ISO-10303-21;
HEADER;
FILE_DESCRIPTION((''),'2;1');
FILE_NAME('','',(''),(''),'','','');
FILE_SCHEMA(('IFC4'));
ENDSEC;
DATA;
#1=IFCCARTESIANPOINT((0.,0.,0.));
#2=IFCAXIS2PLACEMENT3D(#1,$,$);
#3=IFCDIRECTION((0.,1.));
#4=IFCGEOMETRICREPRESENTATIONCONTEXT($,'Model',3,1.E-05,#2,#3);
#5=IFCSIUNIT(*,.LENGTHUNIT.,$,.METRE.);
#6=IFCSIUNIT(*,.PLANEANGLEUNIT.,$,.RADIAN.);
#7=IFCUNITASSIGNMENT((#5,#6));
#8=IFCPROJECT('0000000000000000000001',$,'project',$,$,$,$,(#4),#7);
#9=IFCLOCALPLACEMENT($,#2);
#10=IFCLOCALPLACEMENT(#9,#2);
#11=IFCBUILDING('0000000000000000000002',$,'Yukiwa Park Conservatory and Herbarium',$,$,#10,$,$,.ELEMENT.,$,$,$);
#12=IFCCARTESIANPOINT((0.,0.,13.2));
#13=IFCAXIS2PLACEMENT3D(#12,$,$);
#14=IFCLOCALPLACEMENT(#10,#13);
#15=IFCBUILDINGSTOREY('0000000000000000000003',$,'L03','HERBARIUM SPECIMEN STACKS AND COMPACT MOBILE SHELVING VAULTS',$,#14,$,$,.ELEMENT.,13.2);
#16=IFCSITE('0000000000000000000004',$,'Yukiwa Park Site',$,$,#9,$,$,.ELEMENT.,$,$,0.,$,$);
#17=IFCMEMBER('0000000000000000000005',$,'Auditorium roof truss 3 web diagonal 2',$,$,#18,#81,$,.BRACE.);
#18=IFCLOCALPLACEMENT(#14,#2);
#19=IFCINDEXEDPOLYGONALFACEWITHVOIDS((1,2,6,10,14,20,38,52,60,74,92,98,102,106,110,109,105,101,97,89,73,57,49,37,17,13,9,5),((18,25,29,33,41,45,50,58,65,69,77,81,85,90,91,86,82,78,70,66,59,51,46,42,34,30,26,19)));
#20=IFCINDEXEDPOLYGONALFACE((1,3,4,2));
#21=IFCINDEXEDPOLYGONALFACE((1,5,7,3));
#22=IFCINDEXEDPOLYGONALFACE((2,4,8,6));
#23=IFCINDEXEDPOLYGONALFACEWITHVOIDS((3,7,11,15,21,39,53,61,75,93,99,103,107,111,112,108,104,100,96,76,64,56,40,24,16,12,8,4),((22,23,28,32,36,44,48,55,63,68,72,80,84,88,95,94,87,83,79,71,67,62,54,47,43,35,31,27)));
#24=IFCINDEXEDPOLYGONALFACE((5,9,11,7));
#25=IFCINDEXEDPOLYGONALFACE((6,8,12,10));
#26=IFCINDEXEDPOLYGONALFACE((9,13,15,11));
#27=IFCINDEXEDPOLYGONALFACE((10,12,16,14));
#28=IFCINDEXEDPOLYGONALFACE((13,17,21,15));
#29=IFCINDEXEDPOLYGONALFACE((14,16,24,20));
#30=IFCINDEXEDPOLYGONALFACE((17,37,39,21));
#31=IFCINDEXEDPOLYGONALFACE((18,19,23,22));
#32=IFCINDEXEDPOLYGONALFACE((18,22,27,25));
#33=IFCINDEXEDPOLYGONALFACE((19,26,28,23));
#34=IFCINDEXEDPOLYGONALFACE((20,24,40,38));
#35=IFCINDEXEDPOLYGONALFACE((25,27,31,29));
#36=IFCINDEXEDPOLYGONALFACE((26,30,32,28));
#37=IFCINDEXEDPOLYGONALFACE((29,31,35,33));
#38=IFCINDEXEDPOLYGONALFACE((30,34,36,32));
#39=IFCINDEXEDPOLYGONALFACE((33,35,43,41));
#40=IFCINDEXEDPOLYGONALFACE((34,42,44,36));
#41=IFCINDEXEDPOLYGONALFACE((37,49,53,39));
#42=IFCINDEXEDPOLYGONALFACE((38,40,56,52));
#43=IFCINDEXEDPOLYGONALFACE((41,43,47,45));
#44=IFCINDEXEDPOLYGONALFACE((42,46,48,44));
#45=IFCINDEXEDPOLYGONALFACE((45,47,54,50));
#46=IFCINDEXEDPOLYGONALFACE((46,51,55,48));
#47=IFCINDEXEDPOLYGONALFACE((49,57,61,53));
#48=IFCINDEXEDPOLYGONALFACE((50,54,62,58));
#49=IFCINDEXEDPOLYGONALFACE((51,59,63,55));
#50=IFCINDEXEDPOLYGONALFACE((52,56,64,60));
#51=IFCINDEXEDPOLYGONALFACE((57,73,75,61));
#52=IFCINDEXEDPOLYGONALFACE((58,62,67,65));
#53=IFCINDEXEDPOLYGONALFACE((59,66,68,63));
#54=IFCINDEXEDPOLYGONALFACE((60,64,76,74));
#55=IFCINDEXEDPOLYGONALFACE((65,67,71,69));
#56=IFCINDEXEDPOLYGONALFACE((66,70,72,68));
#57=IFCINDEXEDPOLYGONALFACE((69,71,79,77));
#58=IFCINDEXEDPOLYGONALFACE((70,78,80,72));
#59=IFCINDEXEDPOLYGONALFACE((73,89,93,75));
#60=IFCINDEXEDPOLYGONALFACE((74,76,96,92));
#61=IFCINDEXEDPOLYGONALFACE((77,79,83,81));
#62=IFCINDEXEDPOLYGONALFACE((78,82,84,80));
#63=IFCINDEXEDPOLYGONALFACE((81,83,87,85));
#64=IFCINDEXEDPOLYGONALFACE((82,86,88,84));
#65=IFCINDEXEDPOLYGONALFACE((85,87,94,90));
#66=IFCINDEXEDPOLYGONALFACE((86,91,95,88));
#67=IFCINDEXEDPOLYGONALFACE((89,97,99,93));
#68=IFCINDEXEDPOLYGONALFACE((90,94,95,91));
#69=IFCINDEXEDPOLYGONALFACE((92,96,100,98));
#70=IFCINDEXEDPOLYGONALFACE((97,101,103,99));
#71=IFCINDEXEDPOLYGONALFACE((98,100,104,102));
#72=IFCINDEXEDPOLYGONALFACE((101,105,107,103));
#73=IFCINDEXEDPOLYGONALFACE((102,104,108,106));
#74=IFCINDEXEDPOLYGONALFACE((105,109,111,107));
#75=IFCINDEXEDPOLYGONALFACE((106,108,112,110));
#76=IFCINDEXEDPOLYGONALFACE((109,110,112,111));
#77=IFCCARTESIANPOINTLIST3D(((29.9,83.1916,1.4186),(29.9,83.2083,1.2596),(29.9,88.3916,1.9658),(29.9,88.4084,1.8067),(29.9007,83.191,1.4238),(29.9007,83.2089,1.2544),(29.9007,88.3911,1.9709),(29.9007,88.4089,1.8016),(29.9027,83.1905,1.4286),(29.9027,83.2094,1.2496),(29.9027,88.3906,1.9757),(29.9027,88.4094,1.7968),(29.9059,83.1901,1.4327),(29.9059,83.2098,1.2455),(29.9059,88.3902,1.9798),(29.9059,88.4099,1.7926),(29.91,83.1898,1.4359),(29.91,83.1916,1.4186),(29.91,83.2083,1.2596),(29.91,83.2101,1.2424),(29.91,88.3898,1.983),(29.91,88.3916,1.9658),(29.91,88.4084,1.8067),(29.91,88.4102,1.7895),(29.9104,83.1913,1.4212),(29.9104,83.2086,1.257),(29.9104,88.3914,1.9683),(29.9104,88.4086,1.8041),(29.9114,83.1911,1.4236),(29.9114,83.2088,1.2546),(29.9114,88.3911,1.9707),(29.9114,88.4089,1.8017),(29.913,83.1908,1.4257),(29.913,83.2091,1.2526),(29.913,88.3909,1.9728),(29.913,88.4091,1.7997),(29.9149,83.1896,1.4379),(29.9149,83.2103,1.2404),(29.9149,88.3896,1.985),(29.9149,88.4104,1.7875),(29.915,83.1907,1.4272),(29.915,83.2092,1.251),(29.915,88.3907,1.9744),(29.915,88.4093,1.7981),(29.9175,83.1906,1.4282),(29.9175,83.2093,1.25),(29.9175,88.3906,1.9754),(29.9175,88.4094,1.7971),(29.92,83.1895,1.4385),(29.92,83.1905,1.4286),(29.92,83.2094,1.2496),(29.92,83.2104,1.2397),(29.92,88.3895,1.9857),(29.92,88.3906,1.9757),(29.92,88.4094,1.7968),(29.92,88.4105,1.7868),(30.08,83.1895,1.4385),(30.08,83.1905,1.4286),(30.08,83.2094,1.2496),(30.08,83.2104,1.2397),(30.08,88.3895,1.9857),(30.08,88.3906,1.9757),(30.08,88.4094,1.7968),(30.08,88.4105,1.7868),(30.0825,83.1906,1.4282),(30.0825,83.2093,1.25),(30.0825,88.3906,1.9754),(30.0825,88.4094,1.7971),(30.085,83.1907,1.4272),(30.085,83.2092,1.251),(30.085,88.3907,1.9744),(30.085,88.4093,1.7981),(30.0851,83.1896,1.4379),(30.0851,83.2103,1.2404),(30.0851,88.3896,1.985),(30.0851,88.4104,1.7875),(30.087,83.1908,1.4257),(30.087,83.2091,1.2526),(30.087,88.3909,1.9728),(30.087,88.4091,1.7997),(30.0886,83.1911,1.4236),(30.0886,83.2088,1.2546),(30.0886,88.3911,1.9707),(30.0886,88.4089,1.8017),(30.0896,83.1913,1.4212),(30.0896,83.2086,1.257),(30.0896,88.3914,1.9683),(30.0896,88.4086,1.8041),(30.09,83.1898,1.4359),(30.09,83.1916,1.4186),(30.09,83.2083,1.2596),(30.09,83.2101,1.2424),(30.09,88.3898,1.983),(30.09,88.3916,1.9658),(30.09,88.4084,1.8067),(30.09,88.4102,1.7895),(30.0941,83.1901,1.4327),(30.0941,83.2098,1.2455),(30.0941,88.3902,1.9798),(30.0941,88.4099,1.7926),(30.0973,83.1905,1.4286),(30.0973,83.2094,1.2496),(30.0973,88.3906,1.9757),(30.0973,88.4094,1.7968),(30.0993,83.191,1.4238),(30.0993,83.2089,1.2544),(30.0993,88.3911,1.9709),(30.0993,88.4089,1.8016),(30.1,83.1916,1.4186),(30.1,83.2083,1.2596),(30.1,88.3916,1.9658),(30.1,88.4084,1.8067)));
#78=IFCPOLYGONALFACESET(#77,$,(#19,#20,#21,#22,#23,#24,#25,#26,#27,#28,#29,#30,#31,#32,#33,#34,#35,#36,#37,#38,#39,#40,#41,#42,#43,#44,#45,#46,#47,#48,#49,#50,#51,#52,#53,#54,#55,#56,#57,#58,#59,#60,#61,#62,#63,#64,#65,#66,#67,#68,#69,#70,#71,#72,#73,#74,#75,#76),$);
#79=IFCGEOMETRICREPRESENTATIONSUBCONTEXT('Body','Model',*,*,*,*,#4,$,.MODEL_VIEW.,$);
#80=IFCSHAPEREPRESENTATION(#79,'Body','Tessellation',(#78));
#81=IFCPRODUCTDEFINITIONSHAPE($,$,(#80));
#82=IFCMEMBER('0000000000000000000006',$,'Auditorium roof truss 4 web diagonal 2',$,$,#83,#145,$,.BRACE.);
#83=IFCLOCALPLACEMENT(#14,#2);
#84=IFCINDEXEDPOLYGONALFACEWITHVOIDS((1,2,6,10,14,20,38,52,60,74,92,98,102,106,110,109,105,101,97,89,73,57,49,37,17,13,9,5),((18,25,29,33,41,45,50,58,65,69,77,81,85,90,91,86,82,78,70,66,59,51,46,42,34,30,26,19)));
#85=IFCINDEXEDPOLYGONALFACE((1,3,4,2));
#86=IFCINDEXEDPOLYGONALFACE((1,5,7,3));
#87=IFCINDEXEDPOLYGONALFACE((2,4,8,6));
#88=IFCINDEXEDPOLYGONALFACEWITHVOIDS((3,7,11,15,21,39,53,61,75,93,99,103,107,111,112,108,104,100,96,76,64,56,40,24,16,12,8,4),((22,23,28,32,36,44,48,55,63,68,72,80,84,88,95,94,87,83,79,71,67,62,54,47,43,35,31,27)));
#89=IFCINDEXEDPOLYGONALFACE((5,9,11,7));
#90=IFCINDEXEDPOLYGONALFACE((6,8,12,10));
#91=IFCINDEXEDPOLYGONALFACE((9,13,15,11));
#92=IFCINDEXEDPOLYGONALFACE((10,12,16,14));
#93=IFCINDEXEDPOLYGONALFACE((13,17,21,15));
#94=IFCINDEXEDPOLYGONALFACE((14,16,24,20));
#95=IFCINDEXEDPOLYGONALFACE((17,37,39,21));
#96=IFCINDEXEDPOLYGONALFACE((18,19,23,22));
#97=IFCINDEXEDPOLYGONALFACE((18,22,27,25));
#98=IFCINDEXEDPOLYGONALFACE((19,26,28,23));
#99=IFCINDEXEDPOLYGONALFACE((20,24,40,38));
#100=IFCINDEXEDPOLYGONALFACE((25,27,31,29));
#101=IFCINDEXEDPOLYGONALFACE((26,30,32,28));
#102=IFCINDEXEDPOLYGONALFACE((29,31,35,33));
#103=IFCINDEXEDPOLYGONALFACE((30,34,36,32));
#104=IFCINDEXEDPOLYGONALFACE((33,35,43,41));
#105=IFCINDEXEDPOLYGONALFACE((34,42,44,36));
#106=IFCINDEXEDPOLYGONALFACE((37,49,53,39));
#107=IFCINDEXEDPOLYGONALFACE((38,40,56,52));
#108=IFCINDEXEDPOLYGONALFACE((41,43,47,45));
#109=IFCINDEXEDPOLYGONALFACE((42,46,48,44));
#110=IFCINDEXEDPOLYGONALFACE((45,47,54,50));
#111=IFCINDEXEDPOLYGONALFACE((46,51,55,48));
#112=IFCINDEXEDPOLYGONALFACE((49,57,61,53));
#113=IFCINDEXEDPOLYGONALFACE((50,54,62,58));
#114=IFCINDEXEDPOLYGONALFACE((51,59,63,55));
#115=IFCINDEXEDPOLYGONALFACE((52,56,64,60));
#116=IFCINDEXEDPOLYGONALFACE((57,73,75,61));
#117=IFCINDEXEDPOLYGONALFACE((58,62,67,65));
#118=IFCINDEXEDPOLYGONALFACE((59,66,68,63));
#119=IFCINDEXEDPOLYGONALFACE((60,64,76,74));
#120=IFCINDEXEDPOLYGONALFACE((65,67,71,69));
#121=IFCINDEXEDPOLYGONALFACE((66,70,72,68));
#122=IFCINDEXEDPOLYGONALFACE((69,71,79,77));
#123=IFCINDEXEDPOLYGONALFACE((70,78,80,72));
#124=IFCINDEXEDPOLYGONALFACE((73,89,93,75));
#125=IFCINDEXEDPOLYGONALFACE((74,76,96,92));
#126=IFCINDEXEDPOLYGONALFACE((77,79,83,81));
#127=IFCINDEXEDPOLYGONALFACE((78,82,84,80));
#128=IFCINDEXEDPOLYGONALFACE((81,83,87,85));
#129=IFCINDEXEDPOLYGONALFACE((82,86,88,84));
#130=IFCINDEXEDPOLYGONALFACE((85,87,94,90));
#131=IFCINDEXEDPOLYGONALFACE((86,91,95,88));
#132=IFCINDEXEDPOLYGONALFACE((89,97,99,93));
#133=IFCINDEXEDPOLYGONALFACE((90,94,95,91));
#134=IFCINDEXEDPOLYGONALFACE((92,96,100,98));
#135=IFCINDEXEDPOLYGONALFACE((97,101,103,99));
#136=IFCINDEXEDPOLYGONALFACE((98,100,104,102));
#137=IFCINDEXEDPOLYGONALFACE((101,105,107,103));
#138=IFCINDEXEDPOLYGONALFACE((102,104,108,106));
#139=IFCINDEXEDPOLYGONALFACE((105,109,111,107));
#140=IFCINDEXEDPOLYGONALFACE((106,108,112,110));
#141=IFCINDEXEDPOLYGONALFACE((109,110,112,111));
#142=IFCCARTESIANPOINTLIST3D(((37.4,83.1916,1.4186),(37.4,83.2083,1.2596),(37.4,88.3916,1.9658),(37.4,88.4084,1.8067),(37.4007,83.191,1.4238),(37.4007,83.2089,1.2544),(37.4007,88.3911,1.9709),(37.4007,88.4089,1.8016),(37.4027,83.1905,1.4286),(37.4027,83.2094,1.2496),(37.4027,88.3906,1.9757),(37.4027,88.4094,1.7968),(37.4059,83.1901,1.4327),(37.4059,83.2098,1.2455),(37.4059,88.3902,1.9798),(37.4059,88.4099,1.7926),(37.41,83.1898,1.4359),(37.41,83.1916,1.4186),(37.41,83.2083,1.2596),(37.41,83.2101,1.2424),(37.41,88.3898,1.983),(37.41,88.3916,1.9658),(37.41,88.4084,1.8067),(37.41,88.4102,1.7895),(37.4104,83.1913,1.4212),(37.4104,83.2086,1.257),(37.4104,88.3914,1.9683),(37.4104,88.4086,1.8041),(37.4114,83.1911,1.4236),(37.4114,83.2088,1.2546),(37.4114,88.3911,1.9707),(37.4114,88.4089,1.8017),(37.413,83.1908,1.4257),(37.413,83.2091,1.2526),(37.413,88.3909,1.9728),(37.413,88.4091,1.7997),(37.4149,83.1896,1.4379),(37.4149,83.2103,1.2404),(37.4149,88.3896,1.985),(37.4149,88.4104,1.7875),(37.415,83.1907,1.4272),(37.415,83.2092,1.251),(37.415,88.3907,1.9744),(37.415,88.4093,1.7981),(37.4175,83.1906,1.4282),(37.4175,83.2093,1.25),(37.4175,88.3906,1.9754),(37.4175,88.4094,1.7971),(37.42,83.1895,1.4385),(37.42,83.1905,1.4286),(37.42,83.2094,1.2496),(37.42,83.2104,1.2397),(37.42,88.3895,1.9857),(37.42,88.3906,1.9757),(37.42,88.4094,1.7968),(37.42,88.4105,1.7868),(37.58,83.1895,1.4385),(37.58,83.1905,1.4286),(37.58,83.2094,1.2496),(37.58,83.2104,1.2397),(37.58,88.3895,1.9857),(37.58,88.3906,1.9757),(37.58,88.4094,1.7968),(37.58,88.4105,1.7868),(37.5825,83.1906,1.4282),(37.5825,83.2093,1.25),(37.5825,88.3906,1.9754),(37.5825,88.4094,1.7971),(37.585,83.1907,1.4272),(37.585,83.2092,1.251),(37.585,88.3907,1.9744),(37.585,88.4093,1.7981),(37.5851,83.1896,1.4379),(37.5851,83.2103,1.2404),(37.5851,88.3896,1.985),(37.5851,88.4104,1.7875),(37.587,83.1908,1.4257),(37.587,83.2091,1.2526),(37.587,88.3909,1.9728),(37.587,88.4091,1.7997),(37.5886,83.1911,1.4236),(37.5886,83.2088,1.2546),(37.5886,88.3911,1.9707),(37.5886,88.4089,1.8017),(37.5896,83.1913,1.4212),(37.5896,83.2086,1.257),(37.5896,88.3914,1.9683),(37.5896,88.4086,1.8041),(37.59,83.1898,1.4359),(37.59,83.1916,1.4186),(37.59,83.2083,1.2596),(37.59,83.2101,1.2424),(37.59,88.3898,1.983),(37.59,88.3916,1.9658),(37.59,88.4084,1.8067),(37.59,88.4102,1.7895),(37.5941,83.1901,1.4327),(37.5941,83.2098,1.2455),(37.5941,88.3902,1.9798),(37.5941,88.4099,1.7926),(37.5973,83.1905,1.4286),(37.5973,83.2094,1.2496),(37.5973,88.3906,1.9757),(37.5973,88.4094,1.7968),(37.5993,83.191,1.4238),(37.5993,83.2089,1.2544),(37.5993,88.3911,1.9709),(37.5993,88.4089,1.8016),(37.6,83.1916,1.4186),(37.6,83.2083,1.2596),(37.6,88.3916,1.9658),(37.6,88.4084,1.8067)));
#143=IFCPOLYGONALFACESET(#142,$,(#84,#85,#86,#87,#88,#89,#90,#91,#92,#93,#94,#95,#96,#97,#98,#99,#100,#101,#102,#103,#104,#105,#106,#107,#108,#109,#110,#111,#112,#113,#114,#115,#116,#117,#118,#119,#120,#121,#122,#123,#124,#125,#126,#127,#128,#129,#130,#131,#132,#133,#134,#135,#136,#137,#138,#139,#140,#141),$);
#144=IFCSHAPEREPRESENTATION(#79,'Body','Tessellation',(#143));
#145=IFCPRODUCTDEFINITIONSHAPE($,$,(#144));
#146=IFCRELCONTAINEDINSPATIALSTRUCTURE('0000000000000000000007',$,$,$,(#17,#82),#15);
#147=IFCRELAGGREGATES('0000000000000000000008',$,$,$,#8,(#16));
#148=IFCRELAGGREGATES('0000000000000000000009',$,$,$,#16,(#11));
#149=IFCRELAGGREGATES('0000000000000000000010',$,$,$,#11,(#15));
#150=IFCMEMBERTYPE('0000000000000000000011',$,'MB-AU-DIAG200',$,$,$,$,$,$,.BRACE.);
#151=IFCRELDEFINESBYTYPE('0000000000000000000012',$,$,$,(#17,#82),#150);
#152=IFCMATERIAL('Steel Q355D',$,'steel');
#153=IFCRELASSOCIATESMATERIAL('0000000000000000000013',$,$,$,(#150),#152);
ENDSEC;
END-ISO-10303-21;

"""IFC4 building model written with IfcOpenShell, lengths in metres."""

from ifc_helpers import new_model, si_unit, direction, frame, origin, origin_2d, place, context, subcontext, project, spatial, hollow_rectangle, extrude, material, material_profile, profile_set, type_object, element, save


model = new_model("IFC4")

# Units and contexts
model_context = context("Model", 3, precision=1e-05, world=origin(), true_north=direction((0.0, 1.0)))
body_context = subcontext(model_context, "Body", "Model", "MODEL_VIEW")
ifc_project = project(units=[si_unit("LENGTHUNIT", "METRE"), si_unit("PLANEANGLEUNIT", "RADIAN")], contexts=[model_context])

# Site, building, storey
site_placement = place(None, origin())
site = spatial("IfcSite", under=ifc_project, at=site_placement, Name="Yukiwa Park Site", CompositionType="ELEMENT", RefElevation=0.0)
building_placement = place(site_placement, origin())
building = spatial("IfcBuilding", under=site, at=building_placement, Name="Yukiwa Park Conservatory and Herbarium", CompositionType="ELEMENT")
storey_placement = place(building_placement, frame((0.0, 0.0, 13.2)))
storey = spatial("IfcBuildingStorey", under=building, at=storey_placement, Name="L03", Description="HERBARIUM SPECIMEN STACKS AND COMPACT MOBILE SHELVING VAULTS", CompositionType="ELEMENT", Elevation=13.2)

# Members
ifc_material_1 = material(Name="Steel Q355D", Category="steel")
ifc_material_profile_1 = material_profile(ifc_material_1, hollow_rectangle(XDim=0.2, YDim=0.2, WallThickness=0.01, InnerFilletRadius=0.01, OuterFilletRadius=0.02, at=origin_2d()), Name="SHS 200x200x10")
ifc_profile_set_1 = profile_set([ifc_material_profile_1], Name="Steel Q355D")
member_type_1 = type_object("IfcMemberType", Name="MB-AU-DIAG200", PredefinedType="BRACE", material=ifc_profile_set_1)
for number, where, z_axis, x_axis, name in (
    (1, (30.0, 83.2, 1.3391), (0.0, 0.99451, 0.104639), (-1.0, 0.0, 0.0), "Auditorium roof truss 3 web diagonal 2"),
    (2, (37.5, 83.2, 1.3391), (0.0, 0.99451, 0.104639), (-1.0, 0.0, 0.0), "Auditorium roof truss 4 web diagonal 2"),
):
    element("IfcMember", number, at=place(storey_placement, frame(where, z_axis=z_axis, x_axis=x_axis)), inside=storey, type_object=member_type_1, Name=name, PredefinedType="BRACE", context=body_context, shape_type="SweptSolid", body=[
        extrude(hollow_rectangle(XDim=0.2, YDim=0.2, WallThickness=0.01, InnerFilletRadius=0.01, OuterFilletRadius=0.02, at=origin_2d()), origin(), (0.0, 0.0, 1.0), 5.2288),
    ])

save(model, "model.ifc")
